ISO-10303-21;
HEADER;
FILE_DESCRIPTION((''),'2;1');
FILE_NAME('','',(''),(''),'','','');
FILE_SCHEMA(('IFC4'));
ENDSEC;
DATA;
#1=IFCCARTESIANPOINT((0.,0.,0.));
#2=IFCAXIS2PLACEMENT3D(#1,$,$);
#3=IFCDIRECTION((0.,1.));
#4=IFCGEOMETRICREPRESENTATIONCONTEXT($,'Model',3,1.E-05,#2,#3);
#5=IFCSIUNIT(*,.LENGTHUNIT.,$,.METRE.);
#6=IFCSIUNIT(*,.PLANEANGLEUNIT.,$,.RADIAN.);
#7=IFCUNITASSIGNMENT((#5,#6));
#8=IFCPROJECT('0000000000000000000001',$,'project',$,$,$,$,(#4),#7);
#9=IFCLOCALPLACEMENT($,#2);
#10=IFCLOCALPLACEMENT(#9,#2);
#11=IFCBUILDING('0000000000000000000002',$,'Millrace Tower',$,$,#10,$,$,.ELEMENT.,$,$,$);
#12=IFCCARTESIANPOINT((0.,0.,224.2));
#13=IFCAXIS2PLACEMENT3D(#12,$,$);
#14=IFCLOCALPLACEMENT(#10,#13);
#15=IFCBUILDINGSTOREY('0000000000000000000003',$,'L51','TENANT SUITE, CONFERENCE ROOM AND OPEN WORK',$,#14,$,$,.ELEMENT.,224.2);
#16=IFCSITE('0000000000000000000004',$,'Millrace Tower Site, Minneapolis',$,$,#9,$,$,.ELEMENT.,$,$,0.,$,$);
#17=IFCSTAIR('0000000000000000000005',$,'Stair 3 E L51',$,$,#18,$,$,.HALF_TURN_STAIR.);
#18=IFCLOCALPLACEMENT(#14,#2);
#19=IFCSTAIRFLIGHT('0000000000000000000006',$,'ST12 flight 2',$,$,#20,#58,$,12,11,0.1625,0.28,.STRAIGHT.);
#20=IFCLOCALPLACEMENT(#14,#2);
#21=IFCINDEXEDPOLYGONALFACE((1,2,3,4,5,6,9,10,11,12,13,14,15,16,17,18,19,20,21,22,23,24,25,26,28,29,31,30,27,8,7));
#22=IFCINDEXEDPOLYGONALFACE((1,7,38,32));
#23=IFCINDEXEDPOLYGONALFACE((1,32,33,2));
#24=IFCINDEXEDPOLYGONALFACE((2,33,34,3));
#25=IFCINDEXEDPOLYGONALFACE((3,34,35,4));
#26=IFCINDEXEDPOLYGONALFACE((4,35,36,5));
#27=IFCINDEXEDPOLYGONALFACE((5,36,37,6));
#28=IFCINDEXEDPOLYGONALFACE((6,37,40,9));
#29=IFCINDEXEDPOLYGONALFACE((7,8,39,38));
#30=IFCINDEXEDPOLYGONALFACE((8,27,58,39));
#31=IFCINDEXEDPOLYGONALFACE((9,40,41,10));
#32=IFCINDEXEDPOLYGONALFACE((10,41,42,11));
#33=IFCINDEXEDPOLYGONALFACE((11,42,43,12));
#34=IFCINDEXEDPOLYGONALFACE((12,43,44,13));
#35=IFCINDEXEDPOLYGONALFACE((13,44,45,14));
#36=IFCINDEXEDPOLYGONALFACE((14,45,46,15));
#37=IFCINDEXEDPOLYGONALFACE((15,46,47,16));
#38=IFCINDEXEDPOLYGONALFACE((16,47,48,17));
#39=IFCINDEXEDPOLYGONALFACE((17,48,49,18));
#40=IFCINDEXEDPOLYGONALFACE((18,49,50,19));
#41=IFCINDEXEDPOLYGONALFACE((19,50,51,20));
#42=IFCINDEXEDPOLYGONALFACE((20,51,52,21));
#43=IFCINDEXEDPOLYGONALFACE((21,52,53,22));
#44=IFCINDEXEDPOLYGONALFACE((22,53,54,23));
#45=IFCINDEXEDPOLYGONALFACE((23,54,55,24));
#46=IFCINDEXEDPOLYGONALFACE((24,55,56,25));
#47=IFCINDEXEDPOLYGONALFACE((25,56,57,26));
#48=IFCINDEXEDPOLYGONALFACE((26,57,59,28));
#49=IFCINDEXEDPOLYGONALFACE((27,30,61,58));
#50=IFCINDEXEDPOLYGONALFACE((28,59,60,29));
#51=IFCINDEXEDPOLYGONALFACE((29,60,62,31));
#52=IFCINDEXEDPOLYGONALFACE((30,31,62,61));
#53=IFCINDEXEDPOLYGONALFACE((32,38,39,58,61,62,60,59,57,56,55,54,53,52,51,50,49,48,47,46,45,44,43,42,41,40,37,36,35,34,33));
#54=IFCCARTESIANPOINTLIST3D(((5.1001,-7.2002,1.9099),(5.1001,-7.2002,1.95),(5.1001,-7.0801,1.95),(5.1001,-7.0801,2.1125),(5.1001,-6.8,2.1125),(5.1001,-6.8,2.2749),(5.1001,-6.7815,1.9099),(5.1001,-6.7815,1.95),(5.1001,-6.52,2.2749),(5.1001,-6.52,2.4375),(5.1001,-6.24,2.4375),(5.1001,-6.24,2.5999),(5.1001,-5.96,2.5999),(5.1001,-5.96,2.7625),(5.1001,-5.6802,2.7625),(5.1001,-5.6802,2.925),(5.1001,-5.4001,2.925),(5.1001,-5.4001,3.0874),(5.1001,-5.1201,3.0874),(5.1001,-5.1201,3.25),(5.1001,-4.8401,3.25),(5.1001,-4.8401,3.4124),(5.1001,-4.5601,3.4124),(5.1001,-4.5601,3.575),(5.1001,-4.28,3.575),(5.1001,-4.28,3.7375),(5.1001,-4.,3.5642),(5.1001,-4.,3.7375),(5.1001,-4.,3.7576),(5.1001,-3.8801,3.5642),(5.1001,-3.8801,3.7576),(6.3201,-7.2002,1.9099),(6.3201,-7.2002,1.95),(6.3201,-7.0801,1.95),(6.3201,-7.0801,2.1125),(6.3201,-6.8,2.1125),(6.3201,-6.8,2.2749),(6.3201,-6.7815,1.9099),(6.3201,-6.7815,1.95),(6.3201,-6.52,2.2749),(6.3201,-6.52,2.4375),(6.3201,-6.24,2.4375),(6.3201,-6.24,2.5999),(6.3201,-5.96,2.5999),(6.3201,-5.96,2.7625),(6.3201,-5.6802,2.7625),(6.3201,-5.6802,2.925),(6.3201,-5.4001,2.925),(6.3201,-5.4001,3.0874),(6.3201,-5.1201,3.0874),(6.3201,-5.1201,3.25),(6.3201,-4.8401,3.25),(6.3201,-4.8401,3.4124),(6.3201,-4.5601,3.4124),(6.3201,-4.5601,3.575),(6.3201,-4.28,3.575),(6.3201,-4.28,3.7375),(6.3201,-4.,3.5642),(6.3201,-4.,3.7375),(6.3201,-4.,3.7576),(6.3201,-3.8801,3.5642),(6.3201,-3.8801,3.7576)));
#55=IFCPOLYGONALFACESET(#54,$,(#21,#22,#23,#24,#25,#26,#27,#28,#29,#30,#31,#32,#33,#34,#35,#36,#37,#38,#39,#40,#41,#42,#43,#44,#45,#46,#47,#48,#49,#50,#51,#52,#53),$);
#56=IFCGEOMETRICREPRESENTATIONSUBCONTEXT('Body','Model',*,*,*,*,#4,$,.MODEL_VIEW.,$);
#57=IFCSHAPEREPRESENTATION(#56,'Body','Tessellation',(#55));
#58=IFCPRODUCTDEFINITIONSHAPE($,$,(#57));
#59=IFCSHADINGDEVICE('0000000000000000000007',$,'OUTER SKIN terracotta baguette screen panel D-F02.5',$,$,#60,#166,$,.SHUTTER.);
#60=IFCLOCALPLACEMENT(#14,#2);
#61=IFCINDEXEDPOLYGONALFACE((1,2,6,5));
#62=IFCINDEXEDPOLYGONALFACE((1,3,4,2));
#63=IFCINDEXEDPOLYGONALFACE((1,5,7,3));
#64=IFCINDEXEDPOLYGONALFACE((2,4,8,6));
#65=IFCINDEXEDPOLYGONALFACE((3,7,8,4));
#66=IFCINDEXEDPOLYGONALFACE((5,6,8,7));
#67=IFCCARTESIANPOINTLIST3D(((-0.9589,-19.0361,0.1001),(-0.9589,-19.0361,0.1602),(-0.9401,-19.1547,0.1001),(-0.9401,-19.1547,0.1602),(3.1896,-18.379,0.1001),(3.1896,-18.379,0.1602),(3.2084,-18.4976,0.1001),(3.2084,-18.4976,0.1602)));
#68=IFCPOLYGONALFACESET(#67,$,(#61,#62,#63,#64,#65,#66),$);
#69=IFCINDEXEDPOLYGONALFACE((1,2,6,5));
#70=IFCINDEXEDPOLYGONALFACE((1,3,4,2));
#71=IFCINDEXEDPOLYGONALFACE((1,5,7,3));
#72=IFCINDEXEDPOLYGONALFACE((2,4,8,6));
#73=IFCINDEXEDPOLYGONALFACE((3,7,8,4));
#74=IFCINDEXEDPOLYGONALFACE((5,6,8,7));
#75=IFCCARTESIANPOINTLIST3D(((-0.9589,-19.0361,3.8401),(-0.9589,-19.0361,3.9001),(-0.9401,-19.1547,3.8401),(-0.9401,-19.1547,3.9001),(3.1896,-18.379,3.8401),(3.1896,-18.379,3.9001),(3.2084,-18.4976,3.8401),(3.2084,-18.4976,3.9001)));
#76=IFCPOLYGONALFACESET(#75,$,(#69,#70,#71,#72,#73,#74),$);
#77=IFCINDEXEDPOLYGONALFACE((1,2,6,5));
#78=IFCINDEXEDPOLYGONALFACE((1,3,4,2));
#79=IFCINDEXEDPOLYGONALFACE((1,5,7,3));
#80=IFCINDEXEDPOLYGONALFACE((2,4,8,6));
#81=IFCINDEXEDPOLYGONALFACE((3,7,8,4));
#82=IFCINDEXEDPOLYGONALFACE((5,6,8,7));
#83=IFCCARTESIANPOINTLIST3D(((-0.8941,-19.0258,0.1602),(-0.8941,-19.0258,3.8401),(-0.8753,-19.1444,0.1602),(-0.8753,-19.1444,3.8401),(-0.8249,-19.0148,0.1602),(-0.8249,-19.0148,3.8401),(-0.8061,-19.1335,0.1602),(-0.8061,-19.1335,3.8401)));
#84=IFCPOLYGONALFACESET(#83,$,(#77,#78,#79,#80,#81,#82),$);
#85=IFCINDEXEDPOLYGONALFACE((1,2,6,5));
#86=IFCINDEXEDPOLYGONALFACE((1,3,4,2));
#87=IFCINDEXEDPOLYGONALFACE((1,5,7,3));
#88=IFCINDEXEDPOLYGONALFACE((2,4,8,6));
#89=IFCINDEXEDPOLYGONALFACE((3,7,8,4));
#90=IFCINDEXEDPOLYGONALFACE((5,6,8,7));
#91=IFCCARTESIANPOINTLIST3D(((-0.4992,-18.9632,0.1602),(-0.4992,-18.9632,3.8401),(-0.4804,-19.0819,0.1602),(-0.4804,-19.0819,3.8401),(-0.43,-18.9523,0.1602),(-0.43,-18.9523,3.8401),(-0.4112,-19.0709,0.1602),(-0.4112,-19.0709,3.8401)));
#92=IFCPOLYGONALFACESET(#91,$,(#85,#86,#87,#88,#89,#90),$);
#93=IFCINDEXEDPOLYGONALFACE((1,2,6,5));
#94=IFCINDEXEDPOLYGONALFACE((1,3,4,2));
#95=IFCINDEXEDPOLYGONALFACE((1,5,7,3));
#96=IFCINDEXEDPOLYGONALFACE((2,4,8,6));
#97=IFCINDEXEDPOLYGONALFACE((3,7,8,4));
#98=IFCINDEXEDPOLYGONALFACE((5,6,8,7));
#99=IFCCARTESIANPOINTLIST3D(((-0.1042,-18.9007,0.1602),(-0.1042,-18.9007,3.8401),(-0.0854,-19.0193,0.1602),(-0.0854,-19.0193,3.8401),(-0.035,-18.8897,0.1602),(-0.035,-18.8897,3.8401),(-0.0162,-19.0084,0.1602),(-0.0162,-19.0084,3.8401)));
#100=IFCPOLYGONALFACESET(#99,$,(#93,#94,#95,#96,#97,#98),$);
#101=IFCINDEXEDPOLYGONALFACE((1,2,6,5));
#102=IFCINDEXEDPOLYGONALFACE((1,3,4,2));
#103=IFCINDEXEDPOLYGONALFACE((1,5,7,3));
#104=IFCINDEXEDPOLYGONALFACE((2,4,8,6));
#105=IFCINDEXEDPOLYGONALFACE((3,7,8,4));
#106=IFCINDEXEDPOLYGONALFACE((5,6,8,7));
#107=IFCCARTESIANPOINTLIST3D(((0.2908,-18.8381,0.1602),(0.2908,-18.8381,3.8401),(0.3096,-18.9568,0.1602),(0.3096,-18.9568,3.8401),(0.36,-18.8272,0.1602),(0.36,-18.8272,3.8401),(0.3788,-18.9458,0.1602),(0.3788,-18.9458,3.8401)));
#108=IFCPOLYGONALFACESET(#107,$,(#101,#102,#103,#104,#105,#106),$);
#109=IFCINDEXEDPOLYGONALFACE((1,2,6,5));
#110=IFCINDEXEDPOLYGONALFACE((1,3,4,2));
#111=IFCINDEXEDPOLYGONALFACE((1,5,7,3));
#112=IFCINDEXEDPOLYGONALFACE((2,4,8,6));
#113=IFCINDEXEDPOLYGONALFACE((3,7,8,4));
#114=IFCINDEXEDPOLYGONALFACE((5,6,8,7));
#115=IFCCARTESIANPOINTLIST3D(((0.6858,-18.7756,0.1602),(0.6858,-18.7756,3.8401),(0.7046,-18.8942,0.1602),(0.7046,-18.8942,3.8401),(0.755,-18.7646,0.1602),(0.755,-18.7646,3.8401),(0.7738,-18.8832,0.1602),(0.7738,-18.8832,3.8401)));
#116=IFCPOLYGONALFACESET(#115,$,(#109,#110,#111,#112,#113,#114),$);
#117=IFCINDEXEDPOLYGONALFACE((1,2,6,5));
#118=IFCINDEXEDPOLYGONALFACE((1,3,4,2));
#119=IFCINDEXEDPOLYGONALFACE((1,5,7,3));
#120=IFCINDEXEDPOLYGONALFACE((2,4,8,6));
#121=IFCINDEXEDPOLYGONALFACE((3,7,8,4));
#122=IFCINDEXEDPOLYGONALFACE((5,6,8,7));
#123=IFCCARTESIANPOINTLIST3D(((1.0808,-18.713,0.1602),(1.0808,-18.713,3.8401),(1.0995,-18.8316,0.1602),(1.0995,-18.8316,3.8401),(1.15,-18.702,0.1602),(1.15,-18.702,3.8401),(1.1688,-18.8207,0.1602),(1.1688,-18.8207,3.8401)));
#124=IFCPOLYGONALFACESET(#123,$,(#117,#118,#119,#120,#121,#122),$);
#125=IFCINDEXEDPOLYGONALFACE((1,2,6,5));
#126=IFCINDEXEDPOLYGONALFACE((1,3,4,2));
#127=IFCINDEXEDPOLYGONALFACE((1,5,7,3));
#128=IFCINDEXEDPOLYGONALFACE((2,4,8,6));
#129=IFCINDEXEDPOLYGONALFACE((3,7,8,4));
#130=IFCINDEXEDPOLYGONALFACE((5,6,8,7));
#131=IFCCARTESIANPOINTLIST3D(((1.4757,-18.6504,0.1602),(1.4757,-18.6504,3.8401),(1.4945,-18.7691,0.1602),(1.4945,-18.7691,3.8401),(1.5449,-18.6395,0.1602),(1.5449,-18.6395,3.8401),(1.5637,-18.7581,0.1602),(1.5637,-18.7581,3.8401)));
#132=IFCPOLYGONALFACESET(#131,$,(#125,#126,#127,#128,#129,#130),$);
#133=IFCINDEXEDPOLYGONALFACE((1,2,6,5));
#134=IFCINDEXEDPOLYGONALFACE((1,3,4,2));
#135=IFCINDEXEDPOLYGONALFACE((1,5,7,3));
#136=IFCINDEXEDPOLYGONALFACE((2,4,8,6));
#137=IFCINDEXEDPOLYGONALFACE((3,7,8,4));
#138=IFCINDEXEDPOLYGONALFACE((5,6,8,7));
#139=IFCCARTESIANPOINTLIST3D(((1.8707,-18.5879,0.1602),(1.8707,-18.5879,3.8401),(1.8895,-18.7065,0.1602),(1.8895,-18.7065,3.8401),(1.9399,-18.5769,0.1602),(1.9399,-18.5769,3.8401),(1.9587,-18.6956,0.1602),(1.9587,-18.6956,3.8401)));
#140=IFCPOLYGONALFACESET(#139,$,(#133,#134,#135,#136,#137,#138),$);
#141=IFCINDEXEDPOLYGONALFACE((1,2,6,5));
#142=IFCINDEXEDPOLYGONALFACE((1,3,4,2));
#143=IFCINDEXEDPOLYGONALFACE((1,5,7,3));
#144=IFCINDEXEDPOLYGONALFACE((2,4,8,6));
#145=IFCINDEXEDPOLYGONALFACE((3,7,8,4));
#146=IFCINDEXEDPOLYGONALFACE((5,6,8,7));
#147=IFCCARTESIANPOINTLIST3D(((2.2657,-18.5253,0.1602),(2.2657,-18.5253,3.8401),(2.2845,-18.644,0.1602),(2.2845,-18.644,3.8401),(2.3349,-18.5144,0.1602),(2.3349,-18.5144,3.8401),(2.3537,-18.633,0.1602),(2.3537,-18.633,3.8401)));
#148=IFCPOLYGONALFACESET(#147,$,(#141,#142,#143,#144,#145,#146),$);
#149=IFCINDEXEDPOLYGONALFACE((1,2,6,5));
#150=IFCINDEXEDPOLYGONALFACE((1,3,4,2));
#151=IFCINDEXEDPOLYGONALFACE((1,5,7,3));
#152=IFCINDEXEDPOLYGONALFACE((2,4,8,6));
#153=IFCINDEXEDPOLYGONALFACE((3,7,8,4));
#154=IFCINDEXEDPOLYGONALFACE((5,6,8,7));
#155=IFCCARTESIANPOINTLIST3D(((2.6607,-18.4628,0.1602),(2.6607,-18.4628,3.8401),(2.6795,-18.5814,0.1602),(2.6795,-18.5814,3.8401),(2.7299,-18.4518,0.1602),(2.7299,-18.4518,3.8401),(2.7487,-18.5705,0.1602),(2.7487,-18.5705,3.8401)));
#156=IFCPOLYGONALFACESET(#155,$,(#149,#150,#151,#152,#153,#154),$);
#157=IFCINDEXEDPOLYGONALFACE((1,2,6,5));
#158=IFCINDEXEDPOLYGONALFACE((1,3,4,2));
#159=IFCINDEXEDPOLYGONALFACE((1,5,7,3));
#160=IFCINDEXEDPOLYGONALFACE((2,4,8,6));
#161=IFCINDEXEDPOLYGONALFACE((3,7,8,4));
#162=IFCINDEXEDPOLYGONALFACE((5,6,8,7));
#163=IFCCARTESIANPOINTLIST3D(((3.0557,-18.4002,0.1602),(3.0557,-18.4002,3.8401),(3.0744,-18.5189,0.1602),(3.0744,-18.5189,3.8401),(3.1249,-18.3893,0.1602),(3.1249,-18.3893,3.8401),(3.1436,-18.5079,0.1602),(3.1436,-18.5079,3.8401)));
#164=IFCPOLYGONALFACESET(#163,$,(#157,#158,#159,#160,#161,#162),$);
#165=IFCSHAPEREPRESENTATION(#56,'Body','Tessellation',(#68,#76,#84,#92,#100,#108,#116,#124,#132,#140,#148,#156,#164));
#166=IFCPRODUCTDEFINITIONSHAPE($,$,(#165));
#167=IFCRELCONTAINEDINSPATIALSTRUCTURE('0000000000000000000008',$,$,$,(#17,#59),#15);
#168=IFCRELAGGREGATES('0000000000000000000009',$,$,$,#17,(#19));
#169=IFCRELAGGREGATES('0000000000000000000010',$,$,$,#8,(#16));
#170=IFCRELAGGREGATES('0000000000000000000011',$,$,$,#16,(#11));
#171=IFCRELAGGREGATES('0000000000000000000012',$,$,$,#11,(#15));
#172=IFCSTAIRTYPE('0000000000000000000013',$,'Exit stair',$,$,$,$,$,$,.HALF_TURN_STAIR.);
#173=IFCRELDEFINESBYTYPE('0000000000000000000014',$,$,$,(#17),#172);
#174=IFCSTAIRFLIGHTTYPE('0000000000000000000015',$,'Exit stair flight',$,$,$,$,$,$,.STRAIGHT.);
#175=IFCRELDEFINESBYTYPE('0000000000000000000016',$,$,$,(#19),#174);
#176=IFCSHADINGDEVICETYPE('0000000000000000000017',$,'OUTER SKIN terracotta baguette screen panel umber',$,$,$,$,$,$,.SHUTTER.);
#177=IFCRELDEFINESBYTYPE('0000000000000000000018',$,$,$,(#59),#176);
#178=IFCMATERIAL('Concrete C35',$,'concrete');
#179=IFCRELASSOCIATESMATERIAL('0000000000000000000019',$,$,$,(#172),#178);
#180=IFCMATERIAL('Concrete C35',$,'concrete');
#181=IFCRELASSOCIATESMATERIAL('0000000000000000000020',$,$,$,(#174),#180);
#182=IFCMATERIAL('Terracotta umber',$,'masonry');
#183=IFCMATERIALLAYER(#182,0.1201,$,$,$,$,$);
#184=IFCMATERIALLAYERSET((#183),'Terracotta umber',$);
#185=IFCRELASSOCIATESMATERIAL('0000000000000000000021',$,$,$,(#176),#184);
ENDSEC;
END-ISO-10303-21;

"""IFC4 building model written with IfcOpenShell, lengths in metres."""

from ifc_helpers import new_model, entity, si_unit, direction, frame, frame_2d, origin, origin_2d, place, context, subcontext, project, spatial, polyline, rectangle, outline, extrude, source, transform, mapped, material, layer, layer_set, type_object, element, aggregate, save


model = new_model("IFC4")

# Units and contexts
model_context = context("Model", 3, precision=1e-05, world=origin(), true_north=direction((0.0, 1.0)))
body_context = subcontext(model_context, "Body", "Model", "MODEL_VIEW")
ifc_project = project(units=[si_unit("LENGTHUNIT", "METRE"), si_unit("PLANEANGLEUNIT", "RADIAN")], contexts=[model_context])

# Site, building, storey
site_placement = place(None, origin())
site = spatial("IfcSite", under=ifc_project, at=site_placement, Name="Millrace Tower Site, Minneapolis", CompositionType="ELEMENT", RefElevation=0.0)
building_placement = place(site_placement, origin())
building = spatial("IfcBuilding", under=site, at=building_placement, Name="Millrace Tower", CompositionType="ELEMENT")
storey_placement = place(building_placement, frame((0.0, 0.0, 224.2)))
storey = spatial("IfcBuildingStorey", under=building, at=storey_placement, Name="L51", Description="TENANT SUITE, CONFERENCE ROOM AND OPEN WORK", CompositionType="ELEMENT", Elevation=224.2)

# Shared definitions
placement = place(storey_placement, origin())

# Shared definitions
ifc_material_1 = material(Name="Concrete C35", Category="concrete")
stair_type = type_object("IfcStairType", Name="Exit stair", PredefinedType="HALF_TURN_STAIR", material=ifc_material_1)
ifc_material_2 = material(Name="Concrete C35", Category="concrete")
stair_flight_type = type_object("IfcStairFlightType", Name="Exit stair flight", PredefinedType="STRAIGHT", material=ifc_material_2)

# Stair, stair flight
stair_1 = element("IfcStair", 1, at=placement, inside=storey, type_object=stair_type, Name="Stair 3 E L51", PredefinedType="HALF_TURN_STAIR")
stair_flight_1_placement = place(storey_placement, frame((5.71, -7.0801, 1.95), z_axis=(0.0, 0.0, 1.0), x_axis=(0.0, 1.0, 0.0)))
stair_flight_1 = element("IfcStairFlight", 2, at=stair_flight_1_placement, type_object=stair_flight_type, Name="ST12 flight 2", NumberOfRisers=12, NumberOfTreads=11, PredefinedType="STRAIGHT", RiserHeight=0.1625, TreadLength=0.28, context=body_context, shape_type="SweptSolid", body=[
    extrude(outline(polyline([(-0.1201, -0.04), (-0.1201, 0.0), (0.0, 0.0), (0.0, 0.1626), (0.28, 0.1626), (0.28, 0.325), (0.5601, 0.325), (0.5601, 0.4875), (0.8401, 0.4875), (0.8401, 0.6499), (1.1201, 0.6499), (1.1201, 0.8125), (1.3999, 0.8125), (1.3999, 0.9751), (1.6799, 0.9751), (1.6799, 1.1375), (1.96, 1.1375), (1.96, 1.3), (2.24, 1.3), (2.24, 1.4624), (2.52, 1.4624), (2.52, 1.625), (2.8, 1.625), (2.8, 1.7876), (3.0801, 1.7876), (3.0801, 1.8076), (3.2, 1.8076), (3.2, 1.6143), (3.0801, 1.6143), (0.2986, 0.0), (0.2986, -0.04), (-0.1201, -0.04)])), frame((0.0, 0.6099, 0.0), z_axis=(0.0, -1.0, 0.0), x_axis=(1.0, 0.0, 0.0)), (0.0, 0.0, 1.0), 1.22),
])
aggregate(stair_1, [stair_flight_1])

# Shading device
ifc_material_3 = material(Name="Terracotta umber", Category="masonry")
ifc_layer_1 = layer(ifc_material_3, 0.1201)
ifc_layer_set_1 = layer_set([ifc_layer_1], Name="Terracotta umber")
shading_device_type = type_object("IfcShadingDeviceType", Name="OUTER SKIN terracotta baguette screen panel umber", PredefinedType="SHUTTER", material=ifc_layer_set_1)
cartesian_point = entity("IfcCartesianPoint", [-2.1001, 0.0601])
shared_polyline = entity("IfcPolyline", [cartesian_point, entity("IfcCartesianPoint", [2.1001, 0.0601]), entity("IfcCartesianPoint", [2.1001, -0.0601]), entity("IfcCartesianPoint", [-2.1001, -0.0601]), cartesian_point])
shared_shape = source(origin(), body_context, "Body", "SweptSolid", [
    entity("IfcExtrudedAreaSolid", entity("IfcArbitraryClosedProfileDef", "AREA", None, shared_polyline), entity("IfcAxis2Placement3D", entity("IfcCartesianPoint", [0.0, 0.0, 0.0])), entity("IfcDirection", [0.0, 0.0, 1.0]), 0.0601),
    entity("IfcExtrudedAreaSolid", entity("IfcArbitraryClosedProfileDef", "AREA", None, shared_polyline), entity("IfcAxis2Placement3D", entity("IfcCartesianPoint", [0.0, 0.0, 3.74])), entity("IfcDirection", [0.0, 0.0, 1.0]), 0.0601),
    extrude(rectangle(XDim=0.0701, YDim=0.1201, at=frame_2d((-1.9995, 0.0))), frame((0.0, 0.0, 0.0601)), (0.0, 0.0, 1.0), 3.6799),
    extrude(rectangle(XDim=0.0701, YDim=0.1201, at=frame_2d((-1.5996, 0.0))), frame((0.0, 0.0, 0.0601)), (0.0, 0.0, 1.0), 3.6799),
    extrude(rectangle(XDim=0.0701, YDim=0.1201, at=frame_2d((-1.1997, 0.0))), frame((0.0, 0.0, 0.0601)), (0.0, 0.0, 1.0), 3.6799),
    extrude(rectangle(XDim=0.0701, YDim=0.1201, at=frame_2d((-0.7998, 0.0))), frame((0.0, 0.0, 0.0601)), (0.0, 0.0, 1.0), 3.6799),
    extrude(rectangle(XDim=0.0701, YDim=0.1201, at=frame_2d((-0.3999, 0.0))), frame((0.0, 0.0, 0.0601)), (0.0, 0.0, 1.0), 3.6799),
    extrude(rectangle(XDim=0.0701, YDim=0.1201, at=origin_2d()), frame((0.0, 0.0, 0.0601)), (0.0, 0.0, 1.0), 3.6799),
    extrude(rectangle(XDim=0.0701, YDim=0.1201, at=frame_2d((0.3999, 0.0))), frame((0.0, 0.0, 0.0601)), (0.0, 0.0, 1.0), 3.6799),
    extrude(rectangle(XDim=0.0701, YDim=0.1201, at=frame_2d((0.7998, 0.0))), frame((0.0, 0.0, 0.0601)), (0.0, 0.0, 1.0), 3.6799),
    extrude(rectangle(XDim=0.0701, YDim=0.1201, at=frame_2d((1.1997, 0.0))), frame((0.0, 0.0, 0.0601)), (0.0, 0.0, 1.0), 3.6799),
    extrude(rectangle(XDim=0.0701, YDim=0.1201, at=frame_2d((1.5996, 0.0))), frame((0.0, 0.0, 0.0601)), (0.0, 0.0, 1.0), 3.6799),
    extrude(rectangle(XDim=0.0701, YDim=0.1201, at=frame_2d((1.9995, 0.0))), frame((0.0, 0.0, 0.0601)), (0.0, 0.0, 1.0), 3.6799),
])
for number, where, z_axis, x_axis, name in (
    (3, (1.1248, -18.7668, 0.1001), (0.0, 0.0, 1.0), (0.987688, 0.156434, 0.0), "OUTER SKIN terracotta baguette screen panel D-F02.5"),
):
    element("IfcShadingDevice", number, at=place(storey_placement, frame(where, z_axis=z_axis, x_axis=x_axis)), inside=storey, type_object=shading_device_type, Name=name, PredefinedType="SHUTTER", context=body_context, shape_type="MappedRepresentation", body=[
        mapped(shared_shape, transform((0.0, 0.0, 0.0), scale=1.0)),
    ])

save(model, "model.ifc")
